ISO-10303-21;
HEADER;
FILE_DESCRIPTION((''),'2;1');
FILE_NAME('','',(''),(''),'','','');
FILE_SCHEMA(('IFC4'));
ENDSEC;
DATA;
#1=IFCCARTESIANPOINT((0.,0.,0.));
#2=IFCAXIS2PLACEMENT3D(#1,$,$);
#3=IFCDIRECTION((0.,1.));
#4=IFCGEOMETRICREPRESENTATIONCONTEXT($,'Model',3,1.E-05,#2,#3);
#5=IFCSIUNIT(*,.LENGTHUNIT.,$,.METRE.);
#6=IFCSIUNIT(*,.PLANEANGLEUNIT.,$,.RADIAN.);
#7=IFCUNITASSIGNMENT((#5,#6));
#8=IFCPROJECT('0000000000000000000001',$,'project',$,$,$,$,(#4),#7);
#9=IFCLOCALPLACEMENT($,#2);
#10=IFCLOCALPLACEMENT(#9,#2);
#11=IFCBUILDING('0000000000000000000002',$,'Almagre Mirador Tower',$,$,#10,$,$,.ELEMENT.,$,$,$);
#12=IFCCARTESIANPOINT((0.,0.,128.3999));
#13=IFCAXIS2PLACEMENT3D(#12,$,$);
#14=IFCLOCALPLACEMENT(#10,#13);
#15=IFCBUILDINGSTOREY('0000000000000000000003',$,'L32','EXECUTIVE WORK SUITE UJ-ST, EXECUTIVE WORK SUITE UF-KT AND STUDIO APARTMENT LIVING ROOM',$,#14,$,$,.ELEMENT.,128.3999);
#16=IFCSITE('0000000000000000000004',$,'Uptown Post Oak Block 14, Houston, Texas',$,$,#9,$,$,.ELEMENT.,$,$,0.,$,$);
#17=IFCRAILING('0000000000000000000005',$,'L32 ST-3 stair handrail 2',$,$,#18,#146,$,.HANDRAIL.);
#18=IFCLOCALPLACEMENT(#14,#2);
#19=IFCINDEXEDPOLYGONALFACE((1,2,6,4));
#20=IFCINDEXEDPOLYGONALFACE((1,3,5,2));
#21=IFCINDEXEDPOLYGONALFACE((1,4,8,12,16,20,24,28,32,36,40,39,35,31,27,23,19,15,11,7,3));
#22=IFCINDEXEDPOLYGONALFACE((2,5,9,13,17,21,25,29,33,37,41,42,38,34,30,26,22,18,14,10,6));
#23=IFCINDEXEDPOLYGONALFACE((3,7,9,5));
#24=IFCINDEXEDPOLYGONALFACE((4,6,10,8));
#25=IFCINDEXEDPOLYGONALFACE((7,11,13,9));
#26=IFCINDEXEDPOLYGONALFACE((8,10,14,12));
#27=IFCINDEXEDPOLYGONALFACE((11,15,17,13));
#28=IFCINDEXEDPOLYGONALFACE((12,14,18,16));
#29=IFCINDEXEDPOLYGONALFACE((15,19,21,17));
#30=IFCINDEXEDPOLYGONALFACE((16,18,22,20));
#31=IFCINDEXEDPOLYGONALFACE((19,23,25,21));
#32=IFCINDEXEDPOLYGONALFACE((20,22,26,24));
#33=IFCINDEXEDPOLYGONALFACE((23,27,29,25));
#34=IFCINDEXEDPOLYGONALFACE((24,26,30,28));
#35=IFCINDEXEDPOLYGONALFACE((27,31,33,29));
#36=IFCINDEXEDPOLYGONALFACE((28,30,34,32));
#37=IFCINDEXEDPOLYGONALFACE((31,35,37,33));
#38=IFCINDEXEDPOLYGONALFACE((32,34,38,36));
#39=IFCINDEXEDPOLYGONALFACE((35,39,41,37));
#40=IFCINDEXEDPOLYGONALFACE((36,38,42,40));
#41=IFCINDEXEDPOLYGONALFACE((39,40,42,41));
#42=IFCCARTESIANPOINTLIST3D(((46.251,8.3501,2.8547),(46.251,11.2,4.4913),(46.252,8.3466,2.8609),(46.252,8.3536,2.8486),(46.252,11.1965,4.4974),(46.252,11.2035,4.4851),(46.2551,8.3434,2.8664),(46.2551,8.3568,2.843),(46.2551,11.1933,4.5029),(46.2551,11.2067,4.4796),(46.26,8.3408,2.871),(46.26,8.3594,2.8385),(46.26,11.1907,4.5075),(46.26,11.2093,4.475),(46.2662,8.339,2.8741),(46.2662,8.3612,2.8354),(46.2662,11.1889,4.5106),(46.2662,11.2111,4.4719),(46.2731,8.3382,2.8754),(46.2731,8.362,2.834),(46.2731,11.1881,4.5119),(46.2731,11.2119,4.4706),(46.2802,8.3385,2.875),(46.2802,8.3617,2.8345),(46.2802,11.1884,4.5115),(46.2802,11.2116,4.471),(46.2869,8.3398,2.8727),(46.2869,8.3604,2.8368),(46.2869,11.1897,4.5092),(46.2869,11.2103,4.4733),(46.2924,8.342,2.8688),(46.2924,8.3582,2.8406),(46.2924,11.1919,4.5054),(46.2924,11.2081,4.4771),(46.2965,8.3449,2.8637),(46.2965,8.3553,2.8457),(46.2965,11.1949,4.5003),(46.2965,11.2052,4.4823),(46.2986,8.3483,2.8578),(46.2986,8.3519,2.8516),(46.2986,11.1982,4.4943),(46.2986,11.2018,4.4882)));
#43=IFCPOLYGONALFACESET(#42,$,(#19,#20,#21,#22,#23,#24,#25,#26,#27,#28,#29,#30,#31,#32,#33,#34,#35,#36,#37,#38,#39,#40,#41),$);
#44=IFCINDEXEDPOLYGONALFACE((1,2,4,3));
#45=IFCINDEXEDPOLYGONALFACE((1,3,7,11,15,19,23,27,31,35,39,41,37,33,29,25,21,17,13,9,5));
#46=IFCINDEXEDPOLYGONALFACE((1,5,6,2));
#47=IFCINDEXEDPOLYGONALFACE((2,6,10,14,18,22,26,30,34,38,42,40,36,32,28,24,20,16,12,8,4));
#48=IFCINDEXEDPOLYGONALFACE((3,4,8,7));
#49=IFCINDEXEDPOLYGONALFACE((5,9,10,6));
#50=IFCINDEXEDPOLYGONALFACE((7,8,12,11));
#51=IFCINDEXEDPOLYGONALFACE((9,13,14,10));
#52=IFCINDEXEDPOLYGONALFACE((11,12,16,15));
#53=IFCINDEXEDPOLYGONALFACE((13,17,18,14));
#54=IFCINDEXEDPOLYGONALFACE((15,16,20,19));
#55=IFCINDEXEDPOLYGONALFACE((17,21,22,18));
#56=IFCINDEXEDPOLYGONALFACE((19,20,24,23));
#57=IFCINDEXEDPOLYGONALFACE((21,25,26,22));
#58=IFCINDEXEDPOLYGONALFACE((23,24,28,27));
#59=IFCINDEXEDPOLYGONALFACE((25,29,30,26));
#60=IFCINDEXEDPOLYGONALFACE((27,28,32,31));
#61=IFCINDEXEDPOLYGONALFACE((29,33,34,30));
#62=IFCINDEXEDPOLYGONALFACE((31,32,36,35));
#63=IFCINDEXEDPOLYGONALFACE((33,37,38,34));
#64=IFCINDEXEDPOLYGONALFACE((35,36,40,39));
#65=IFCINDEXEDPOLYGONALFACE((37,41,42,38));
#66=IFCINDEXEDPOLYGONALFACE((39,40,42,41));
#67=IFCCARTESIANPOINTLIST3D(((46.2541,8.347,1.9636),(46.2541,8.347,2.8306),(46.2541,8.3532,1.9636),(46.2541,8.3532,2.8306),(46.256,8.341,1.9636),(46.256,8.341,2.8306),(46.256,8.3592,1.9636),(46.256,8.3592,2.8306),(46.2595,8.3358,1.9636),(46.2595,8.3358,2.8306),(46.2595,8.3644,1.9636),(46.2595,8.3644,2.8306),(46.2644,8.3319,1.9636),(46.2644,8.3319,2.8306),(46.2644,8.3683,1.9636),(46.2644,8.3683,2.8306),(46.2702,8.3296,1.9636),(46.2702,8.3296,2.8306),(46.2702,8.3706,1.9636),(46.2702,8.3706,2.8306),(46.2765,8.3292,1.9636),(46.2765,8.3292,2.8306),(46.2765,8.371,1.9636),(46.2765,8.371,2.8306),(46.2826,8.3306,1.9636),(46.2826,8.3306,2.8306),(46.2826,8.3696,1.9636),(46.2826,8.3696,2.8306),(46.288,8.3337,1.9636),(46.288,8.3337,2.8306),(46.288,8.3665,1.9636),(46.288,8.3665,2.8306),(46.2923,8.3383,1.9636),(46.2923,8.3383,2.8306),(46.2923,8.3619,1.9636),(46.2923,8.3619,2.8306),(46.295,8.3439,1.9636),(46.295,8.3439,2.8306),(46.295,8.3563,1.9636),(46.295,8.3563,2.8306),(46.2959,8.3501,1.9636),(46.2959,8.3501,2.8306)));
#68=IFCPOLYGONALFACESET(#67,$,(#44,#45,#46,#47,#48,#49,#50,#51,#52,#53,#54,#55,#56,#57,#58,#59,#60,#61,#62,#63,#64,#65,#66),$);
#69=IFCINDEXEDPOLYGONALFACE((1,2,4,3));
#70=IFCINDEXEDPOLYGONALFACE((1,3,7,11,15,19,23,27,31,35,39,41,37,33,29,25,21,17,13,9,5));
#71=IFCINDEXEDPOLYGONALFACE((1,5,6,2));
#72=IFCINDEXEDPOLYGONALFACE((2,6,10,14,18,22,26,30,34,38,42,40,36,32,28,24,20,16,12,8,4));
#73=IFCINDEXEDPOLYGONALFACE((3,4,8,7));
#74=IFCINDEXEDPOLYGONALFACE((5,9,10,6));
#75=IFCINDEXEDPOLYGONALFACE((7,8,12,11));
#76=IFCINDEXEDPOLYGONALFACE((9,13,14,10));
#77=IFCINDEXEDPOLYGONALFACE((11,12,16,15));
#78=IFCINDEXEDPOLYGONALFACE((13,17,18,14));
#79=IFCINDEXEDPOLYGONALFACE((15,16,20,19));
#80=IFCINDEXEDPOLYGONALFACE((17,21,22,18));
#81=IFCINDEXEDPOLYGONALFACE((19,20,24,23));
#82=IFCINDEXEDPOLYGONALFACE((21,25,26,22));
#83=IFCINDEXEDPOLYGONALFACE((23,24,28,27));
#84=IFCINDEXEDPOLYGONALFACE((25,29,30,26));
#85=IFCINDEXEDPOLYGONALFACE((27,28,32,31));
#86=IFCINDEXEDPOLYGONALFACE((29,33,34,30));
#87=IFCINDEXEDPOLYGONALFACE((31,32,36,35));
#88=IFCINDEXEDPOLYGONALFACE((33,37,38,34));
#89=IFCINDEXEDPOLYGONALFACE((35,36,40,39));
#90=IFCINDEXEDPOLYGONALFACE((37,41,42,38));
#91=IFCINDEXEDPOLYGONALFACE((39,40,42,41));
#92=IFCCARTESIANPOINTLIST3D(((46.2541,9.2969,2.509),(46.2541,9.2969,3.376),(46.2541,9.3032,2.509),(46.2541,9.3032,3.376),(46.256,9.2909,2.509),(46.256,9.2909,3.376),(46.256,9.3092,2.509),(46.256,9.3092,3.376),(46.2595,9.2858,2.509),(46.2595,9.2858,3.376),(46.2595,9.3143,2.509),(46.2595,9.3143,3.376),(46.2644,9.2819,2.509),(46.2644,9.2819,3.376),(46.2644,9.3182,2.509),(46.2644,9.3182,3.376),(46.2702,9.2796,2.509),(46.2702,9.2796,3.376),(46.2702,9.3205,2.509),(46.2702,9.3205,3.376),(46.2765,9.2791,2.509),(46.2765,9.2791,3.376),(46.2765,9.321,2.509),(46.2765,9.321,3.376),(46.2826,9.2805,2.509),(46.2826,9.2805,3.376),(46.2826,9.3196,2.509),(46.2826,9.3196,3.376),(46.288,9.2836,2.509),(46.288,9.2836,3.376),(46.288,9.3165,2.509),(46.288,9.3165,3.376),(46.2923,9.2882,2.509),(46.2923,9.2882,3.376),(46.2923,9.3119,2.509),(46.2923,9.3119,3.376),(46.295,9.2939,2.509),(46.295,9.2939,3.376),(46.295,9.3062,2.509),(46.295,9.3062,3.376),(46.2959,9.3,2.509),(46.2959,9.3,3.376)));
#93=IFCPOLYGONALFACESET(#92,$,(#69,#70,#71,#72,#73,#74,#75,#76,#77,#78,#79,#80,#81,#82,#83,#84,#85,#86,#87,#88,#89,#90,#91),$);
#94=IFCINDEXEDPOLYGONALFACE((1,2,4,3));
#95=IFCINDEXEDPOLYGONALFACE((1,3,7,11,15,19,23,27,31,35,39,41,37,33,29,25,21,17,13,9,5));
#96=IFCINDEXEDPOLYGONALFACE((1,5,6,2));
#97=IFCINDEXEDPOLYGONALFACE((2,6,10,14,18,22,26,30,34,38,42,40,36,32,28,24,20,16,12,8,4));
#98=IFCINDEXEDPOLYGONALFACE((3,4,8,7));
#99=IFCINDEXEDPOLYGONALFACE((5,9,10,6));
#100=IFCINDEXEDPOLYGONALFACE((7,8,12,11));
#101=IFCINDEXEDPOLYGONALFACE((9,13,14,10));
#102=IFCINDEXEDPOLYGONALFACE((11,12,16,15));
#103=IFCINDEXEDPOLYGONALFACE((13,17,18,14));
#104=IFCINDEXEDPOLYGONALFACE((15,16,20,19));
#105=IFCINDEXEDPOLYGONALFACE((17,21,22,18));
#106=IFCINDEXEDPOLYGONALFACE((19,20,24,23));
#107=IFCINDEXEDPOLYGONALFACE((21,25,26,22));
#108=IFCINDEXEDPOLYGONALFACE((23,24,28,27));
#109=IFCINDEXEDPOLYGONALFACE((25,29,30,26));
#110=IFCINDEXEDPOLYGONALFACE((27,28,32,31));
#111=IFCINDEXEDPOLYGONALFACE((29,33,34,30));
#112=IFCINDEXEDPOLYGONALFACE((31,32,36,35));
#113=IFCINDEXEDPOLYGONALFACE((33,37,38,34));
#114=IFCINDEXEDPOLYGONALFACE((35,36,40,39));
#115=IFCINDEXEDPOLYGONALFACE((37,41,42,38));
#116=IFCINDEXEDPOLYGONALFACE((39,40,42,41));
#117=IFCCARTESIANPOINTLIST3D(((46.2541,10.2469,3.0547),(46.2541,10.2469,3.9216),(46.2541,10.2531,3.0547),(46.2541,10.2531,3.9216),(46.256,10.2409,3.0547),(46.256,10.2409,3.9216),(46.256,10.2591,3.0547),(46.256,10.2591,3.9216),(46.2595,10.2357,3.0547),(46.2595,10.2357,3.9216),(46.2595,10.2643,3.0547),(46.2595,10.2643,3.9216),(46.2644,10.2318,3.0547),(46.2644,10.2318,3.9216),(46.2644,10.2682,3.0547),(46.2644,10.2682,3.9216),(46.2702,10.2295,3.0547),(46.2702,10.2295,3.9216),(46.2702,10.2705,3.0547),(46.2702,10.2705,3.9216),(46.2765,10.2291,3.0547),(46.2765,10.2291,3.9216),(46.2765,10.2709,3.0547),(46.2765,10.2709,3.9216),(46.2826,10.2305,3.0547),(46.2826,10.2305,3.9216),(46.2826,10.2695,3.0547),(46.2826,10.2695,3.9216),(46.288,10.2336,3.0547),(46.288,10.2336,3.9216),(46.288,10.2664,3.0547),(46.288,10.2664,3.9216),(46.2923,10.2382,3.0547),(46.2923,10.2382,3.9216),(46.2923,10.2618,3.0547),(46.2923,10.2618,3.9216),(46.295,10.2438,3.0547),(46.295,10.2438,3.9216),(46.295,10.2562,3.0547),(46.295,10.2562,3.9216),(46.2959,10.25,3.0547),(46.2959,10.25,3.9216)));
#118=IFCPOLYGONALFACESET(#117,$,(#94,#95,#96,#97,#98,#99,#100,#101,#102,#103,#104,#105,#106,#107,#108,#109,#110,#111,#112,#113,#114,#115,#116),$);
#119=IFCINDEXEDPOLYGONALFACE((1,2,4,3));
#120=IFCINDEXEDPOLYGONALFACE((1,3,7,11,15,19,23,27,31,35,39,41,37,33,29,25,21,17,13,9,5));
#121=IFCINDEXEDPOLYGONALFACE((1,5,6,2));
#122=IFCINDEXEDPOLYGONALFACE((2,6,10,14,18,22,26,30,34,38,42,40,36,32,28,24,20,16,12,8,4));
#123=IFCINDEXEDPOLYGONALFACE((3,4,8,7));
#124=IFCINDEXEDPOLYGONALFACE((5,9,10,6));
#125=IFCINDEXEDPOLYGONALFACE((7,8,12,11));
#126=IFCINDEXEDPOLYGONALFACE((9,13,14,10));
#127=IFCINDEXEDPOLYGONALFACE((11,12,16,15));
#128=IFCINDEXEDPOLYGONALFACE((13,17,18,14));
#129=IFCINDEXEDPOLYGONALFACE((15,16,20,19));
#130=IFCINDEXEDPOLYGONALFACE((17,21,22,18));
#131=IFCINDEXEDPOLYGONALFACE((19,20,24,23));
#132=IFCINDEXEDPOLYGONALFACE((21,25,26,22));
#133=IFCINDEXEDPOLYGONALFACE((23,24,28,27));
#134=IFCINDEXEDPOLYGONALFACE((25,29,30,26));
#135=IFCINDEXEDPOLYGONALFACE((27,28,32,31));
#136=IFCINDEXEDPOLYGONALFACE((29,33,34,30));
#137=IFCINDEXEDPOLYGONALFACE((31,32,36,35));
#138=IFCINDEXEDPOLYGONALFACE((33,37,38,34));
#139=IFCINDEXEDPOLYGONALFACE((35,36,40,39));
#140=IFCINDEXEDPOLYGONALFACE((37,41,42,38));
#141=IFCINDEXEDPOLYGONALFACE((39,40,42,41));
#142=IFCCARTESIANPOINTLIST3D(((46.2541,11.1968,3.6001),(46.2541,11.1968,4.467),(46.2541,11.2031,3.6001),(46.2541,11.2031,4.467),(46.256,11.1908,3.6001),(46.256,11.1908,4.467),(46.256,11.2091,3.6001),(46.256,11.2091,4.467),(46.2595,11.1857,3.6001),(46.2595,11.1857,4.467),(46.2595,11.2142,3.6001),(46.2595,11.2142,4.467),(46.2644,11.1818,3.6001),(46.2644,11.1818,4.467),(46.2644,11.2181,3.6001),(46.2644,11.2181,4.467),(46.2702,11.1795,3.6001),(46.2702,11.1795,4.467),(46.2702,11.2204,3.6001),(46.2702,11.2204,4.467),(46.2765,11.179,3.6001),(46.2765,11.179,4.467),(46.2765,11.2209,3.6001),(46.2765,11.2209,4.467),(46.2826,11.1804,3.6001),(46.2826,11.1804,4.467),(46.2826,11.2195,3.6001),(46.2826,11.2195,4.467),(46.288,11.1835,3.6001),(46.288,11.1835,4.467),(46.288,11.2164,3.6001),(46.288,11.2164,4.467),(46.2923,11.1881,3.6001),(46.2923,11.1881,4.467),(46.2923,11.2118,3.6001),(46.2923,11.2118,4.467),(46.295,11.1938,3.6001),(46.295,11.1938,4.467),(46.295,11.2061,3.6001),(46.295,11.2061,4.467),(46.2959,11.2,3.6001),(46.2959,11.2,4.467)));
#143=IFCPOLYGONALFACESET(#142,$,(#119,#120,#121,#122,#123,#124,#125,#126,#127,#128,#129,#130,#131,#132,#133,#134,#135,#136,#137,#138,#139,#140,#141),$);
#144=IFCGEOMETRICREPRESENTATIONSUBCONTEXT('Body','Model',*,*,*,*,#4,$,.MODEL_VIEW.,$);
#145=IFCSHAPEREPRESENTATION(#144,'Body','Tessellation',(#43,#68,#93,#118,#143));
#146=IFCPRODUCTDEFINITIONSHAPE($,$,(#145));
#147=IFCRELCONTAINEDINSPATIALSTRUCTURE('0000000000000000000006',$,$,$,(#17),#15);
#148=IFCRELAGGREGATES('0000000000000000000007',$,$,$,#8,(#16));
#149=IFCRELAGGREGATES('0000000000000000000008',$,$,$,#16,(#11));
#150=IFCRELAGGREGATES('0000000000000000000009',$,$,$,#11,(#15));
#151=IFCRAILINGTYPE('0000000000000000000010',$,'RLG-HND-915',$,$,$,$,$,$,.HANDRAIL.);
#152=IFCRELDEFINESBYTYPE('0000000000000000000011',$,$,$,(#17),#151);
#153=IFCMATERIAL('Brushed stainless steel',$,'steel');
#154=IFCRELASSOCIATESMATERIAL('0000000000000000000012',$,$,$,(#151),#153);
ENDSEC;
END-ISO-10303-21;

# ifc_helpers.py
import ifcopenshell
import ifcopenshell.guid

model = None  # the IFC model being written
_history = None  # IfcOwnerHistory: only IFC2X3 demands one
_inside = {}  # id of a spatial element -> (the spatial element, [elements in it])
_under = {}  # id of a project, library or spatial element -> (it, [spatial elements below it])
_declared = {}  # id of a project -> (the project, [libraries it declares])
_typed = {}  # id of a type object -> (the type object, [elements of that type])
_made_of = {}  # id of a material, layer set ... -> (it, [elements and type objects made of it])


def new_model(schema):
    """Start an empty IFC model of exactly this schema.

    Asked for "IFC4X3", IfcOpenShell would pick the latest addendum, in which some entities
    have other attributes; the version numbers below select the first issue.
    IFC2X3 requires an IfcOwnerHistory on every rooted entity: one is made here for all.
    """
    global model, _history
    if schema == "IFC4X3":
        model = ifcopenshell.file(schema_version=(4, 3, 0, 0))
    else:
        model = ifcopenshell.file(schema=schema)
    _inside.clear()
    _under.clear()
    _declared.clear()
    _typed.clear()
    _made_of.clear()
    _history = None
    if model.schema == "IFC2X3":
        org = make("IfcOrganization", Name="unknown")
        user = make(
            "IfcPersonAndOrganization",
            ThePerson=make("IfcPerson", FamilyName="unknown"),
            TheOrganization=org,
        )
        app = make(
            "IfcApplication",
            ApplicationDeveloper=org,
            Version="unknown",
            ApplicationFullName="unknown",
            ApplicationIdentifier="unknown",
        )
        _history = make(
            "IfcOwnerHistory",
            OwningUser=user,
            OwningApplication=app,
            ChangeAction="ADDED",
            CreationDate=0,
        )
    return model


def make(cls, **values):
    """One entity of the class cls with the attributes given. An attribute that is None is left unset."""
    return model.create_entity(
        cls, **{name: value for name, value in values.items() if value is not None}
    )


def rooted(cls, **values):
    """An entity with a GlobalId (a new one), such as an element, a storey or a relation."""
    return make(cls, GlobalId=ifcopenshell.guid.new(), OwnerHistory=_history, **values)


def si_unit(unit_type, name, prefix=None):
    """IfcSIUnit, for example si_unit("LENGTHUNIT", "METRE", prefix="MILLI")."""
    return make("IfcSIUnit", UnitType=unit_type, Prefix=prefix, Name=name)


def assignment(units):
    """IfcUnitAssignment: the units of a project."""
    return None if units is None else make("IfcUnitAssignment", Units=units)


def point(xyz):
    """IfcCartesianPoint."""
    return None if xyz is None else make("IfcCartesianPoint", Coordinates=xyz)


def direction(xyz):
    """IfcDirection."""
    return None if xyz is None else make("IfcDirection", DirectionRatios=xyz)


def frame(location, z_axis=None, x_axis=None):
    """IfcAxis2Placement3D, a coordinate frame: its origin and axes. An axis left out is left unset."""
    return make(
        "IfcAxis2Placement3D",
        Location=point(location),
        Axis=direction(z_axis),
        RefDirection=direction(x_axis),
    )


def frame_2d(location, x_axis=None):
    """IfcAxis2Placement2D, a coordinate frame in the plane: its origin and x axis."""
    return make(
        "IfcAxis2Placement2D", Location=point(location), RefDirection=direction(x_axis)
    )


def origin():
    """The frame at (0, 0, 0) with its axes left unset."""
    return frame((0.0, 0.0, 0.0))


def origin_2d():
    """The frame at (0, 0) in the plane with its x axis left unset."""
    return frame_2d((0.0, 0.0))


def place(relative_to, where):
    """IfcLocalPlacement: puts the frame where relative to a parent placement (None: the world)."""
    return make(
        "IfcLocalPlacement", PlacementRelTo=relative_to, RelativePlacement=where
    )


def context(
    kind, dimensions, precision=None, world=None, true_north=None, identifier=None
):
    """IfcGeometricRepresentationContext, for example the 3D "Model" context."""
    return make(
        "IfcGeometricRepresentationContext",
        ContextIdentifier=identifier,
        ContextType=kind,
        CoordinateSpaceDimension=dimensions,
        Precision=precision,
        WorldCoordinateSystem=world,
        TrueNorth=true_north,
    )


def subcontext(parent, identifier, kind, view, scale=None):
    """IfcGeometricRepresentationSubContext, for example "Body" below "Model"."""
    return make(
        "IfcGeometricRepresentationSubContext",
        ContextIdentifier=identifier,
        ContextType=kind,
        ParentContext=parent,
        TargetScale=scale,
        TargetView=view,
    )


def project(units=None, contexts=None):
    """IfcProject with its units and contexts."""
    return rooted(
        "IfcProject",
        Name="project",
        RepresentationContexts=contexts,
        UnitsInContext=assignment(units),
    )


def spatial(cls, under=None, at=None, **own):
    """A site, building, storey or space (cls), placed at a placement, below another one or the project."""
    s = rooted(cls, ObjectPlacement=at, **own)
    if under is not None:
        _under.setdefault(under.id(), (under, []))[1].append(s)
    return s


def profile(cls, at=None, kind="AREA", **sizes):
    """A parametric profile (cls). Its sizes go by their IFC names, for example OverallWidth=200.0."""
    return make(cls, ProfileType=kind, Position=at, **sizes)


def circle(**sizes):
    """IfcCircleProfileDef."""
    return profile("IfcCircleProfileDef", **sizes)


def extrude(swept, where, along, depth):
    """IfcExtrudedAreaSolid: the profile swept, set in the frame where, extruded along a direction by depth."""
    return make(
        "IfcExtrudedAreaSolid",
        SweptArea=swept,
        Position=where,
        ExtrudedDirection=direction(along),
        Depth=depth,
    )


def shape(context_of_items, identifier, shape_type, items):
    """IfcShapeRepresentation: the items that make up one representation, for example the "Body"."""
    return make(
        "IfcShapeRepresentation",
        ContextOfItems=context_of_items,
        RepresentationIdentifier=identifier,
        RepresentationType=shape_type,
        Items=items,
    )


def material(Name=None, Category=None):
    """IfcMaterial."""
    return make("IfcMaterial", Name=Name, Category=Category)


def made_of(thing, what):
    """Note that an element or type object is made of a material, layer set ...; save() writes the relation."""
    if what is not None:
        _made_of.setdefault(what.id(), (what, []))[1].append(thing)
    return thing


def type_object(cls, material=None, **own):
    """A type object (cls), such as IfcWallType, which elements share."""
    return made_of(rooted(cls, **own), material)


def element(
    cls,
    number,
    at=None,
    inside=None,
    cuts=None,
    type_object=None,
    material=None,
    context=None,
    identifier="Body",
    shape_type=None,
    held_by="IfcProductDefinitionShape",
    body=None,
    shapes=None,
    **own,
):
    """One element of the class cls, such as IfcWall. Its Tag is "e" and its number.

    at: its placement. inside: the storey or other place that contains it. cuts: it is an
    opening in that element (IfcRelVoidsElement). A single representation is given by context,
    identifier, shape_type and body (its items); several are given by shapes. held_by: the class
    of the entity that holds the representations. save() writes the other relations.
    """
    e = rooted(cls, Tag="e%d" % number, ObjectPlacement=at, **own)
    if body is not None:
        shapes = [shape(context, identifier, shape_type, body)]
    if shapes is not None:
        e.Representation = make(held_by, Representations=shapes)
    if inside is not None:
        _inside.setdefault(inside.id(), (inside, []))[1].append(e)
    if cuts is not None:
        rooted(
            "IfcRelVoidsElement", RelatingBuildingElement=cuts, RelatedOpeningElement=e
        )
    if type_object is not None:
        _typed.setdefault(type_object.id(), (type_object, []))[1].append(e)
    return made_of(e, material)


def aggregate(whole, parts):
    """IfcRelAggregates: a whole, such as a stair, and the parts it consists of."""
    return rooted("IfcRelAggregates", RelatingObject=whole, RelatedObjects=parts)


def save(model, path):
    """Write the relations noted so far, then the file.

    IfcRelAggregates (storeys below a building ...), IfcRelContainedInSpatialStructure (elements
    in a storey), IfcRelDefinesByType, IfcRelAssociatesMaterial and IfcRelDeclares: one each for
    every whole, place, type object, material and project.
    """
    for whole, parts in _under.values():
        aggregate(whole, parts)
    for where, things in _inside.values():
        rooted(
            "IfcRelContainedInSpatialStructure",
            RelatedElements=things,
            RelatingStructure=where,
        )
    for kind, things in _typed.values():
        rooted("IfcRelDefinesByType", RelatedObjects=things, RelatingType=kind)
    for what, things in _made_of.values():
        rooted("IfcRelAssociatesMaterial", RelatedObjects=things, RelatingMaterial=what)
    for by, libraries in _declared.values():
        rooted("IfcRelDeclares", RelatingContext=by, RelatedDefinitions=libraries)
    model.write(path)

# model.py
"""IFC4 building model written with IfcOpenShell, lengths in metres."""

from ifc_helpers import new_model, si_unit, direction, frame, origin, origin_2d, place, context, subcontext, project, spatial, circle, extrude, material, type_object, element, save


model = new_model("IFC4")

# Units and contexts
model_context = context("Model", 3, precision=1e-05, world=origin(), true_north=direction((0.0, 1.0)))
body_context = subcontext(model_context, "Body", "Model", "MODEL_VIEW")
ifc_project = project(units=[si_unit("LENGTHUNIT", "METRE"), si_unit("PLANEANGLEUNIT", "RADIAN")], contexts=[model_context])

# Site, building, storey
site_placement = place(None, origin())
site = spatial("IfcSite", under=ifc_project, at=site_placement, Name="Uptown Post Oak Block 14, Houston, Texas", CompositionType="ELEMENT", RefElevation=0.0)
building_placement = place(site_placement, origin())
building = spatial("IfcBuilding", under=site, at=building_placement, Name="Almagre Mirador Tower", CompositionType="ELEMENT")
storey_placement = place(building_placement, frame((0.0, 0.0, 128.3999)))
storey = spatial("IfcBuildingStorey", under=building, at=storey_placement, Name="L32", Description="EXECUTIVE WORK SUITE UJ-ST, EXECUTIVE WORK SUITE UF-KT AND STUDIO APARTMENT LIVING ROOM", CompositionType="ELEMENT", Elevation=128.3999)

# Railing
ifc_material_1 = material(Name="Brushed stainless steel", Category="steel")
railing_type_1 = type_object("IfcRailingType", Name="RLG-HND-915", PredefinedType="HANDRAIL", material=ifc_material_1)
railing_1_placement = place(storey_placement, frame((46.2749, 8.3501, 1.9636)))
element("IfcRailing", 1, at=railing_1_placement, inside=storey, type_object=railing_type_1, Name="L32 ST-3 stair handrail 2", PredefinedType="HANDRAIL", context=body_context, shape_type="SweptSolid", body=[
    extrude(circle(Radius=0.0239, at=origin_2d()), frame((0.0, 0.0, 0.8911), z_axis=(0.0, 0.867194, 0.49797), x_axis=(-1.0, 0.0, 0.0)), (0.0, 0.0, 1.0), 3.2864),
    extrude(circle(Radius=0.021, at=origin_2d()), origin(), (0.0, 0.0, 1.0), 0.8669),
    extrude(circle(Radius=0.021, at=origin_2d()), frame((0.0, 0.95, 0.5454)), (0.0, 0.0, 1.0), 0.8669),
    extrude(circle(Radius=0.021, at=origin_2d()), frame((0.0, 1.8999, 1.0911)), (0.0, 0.0, 1.0), 0.8669),
    extrude(circle(Radius=0.021, at=origin_2d()), frame((0.0, 2.8499, 1.6365)), (0.0, 0.0, 1.0), 0.8669),
])

save(model, "model.ifc")
